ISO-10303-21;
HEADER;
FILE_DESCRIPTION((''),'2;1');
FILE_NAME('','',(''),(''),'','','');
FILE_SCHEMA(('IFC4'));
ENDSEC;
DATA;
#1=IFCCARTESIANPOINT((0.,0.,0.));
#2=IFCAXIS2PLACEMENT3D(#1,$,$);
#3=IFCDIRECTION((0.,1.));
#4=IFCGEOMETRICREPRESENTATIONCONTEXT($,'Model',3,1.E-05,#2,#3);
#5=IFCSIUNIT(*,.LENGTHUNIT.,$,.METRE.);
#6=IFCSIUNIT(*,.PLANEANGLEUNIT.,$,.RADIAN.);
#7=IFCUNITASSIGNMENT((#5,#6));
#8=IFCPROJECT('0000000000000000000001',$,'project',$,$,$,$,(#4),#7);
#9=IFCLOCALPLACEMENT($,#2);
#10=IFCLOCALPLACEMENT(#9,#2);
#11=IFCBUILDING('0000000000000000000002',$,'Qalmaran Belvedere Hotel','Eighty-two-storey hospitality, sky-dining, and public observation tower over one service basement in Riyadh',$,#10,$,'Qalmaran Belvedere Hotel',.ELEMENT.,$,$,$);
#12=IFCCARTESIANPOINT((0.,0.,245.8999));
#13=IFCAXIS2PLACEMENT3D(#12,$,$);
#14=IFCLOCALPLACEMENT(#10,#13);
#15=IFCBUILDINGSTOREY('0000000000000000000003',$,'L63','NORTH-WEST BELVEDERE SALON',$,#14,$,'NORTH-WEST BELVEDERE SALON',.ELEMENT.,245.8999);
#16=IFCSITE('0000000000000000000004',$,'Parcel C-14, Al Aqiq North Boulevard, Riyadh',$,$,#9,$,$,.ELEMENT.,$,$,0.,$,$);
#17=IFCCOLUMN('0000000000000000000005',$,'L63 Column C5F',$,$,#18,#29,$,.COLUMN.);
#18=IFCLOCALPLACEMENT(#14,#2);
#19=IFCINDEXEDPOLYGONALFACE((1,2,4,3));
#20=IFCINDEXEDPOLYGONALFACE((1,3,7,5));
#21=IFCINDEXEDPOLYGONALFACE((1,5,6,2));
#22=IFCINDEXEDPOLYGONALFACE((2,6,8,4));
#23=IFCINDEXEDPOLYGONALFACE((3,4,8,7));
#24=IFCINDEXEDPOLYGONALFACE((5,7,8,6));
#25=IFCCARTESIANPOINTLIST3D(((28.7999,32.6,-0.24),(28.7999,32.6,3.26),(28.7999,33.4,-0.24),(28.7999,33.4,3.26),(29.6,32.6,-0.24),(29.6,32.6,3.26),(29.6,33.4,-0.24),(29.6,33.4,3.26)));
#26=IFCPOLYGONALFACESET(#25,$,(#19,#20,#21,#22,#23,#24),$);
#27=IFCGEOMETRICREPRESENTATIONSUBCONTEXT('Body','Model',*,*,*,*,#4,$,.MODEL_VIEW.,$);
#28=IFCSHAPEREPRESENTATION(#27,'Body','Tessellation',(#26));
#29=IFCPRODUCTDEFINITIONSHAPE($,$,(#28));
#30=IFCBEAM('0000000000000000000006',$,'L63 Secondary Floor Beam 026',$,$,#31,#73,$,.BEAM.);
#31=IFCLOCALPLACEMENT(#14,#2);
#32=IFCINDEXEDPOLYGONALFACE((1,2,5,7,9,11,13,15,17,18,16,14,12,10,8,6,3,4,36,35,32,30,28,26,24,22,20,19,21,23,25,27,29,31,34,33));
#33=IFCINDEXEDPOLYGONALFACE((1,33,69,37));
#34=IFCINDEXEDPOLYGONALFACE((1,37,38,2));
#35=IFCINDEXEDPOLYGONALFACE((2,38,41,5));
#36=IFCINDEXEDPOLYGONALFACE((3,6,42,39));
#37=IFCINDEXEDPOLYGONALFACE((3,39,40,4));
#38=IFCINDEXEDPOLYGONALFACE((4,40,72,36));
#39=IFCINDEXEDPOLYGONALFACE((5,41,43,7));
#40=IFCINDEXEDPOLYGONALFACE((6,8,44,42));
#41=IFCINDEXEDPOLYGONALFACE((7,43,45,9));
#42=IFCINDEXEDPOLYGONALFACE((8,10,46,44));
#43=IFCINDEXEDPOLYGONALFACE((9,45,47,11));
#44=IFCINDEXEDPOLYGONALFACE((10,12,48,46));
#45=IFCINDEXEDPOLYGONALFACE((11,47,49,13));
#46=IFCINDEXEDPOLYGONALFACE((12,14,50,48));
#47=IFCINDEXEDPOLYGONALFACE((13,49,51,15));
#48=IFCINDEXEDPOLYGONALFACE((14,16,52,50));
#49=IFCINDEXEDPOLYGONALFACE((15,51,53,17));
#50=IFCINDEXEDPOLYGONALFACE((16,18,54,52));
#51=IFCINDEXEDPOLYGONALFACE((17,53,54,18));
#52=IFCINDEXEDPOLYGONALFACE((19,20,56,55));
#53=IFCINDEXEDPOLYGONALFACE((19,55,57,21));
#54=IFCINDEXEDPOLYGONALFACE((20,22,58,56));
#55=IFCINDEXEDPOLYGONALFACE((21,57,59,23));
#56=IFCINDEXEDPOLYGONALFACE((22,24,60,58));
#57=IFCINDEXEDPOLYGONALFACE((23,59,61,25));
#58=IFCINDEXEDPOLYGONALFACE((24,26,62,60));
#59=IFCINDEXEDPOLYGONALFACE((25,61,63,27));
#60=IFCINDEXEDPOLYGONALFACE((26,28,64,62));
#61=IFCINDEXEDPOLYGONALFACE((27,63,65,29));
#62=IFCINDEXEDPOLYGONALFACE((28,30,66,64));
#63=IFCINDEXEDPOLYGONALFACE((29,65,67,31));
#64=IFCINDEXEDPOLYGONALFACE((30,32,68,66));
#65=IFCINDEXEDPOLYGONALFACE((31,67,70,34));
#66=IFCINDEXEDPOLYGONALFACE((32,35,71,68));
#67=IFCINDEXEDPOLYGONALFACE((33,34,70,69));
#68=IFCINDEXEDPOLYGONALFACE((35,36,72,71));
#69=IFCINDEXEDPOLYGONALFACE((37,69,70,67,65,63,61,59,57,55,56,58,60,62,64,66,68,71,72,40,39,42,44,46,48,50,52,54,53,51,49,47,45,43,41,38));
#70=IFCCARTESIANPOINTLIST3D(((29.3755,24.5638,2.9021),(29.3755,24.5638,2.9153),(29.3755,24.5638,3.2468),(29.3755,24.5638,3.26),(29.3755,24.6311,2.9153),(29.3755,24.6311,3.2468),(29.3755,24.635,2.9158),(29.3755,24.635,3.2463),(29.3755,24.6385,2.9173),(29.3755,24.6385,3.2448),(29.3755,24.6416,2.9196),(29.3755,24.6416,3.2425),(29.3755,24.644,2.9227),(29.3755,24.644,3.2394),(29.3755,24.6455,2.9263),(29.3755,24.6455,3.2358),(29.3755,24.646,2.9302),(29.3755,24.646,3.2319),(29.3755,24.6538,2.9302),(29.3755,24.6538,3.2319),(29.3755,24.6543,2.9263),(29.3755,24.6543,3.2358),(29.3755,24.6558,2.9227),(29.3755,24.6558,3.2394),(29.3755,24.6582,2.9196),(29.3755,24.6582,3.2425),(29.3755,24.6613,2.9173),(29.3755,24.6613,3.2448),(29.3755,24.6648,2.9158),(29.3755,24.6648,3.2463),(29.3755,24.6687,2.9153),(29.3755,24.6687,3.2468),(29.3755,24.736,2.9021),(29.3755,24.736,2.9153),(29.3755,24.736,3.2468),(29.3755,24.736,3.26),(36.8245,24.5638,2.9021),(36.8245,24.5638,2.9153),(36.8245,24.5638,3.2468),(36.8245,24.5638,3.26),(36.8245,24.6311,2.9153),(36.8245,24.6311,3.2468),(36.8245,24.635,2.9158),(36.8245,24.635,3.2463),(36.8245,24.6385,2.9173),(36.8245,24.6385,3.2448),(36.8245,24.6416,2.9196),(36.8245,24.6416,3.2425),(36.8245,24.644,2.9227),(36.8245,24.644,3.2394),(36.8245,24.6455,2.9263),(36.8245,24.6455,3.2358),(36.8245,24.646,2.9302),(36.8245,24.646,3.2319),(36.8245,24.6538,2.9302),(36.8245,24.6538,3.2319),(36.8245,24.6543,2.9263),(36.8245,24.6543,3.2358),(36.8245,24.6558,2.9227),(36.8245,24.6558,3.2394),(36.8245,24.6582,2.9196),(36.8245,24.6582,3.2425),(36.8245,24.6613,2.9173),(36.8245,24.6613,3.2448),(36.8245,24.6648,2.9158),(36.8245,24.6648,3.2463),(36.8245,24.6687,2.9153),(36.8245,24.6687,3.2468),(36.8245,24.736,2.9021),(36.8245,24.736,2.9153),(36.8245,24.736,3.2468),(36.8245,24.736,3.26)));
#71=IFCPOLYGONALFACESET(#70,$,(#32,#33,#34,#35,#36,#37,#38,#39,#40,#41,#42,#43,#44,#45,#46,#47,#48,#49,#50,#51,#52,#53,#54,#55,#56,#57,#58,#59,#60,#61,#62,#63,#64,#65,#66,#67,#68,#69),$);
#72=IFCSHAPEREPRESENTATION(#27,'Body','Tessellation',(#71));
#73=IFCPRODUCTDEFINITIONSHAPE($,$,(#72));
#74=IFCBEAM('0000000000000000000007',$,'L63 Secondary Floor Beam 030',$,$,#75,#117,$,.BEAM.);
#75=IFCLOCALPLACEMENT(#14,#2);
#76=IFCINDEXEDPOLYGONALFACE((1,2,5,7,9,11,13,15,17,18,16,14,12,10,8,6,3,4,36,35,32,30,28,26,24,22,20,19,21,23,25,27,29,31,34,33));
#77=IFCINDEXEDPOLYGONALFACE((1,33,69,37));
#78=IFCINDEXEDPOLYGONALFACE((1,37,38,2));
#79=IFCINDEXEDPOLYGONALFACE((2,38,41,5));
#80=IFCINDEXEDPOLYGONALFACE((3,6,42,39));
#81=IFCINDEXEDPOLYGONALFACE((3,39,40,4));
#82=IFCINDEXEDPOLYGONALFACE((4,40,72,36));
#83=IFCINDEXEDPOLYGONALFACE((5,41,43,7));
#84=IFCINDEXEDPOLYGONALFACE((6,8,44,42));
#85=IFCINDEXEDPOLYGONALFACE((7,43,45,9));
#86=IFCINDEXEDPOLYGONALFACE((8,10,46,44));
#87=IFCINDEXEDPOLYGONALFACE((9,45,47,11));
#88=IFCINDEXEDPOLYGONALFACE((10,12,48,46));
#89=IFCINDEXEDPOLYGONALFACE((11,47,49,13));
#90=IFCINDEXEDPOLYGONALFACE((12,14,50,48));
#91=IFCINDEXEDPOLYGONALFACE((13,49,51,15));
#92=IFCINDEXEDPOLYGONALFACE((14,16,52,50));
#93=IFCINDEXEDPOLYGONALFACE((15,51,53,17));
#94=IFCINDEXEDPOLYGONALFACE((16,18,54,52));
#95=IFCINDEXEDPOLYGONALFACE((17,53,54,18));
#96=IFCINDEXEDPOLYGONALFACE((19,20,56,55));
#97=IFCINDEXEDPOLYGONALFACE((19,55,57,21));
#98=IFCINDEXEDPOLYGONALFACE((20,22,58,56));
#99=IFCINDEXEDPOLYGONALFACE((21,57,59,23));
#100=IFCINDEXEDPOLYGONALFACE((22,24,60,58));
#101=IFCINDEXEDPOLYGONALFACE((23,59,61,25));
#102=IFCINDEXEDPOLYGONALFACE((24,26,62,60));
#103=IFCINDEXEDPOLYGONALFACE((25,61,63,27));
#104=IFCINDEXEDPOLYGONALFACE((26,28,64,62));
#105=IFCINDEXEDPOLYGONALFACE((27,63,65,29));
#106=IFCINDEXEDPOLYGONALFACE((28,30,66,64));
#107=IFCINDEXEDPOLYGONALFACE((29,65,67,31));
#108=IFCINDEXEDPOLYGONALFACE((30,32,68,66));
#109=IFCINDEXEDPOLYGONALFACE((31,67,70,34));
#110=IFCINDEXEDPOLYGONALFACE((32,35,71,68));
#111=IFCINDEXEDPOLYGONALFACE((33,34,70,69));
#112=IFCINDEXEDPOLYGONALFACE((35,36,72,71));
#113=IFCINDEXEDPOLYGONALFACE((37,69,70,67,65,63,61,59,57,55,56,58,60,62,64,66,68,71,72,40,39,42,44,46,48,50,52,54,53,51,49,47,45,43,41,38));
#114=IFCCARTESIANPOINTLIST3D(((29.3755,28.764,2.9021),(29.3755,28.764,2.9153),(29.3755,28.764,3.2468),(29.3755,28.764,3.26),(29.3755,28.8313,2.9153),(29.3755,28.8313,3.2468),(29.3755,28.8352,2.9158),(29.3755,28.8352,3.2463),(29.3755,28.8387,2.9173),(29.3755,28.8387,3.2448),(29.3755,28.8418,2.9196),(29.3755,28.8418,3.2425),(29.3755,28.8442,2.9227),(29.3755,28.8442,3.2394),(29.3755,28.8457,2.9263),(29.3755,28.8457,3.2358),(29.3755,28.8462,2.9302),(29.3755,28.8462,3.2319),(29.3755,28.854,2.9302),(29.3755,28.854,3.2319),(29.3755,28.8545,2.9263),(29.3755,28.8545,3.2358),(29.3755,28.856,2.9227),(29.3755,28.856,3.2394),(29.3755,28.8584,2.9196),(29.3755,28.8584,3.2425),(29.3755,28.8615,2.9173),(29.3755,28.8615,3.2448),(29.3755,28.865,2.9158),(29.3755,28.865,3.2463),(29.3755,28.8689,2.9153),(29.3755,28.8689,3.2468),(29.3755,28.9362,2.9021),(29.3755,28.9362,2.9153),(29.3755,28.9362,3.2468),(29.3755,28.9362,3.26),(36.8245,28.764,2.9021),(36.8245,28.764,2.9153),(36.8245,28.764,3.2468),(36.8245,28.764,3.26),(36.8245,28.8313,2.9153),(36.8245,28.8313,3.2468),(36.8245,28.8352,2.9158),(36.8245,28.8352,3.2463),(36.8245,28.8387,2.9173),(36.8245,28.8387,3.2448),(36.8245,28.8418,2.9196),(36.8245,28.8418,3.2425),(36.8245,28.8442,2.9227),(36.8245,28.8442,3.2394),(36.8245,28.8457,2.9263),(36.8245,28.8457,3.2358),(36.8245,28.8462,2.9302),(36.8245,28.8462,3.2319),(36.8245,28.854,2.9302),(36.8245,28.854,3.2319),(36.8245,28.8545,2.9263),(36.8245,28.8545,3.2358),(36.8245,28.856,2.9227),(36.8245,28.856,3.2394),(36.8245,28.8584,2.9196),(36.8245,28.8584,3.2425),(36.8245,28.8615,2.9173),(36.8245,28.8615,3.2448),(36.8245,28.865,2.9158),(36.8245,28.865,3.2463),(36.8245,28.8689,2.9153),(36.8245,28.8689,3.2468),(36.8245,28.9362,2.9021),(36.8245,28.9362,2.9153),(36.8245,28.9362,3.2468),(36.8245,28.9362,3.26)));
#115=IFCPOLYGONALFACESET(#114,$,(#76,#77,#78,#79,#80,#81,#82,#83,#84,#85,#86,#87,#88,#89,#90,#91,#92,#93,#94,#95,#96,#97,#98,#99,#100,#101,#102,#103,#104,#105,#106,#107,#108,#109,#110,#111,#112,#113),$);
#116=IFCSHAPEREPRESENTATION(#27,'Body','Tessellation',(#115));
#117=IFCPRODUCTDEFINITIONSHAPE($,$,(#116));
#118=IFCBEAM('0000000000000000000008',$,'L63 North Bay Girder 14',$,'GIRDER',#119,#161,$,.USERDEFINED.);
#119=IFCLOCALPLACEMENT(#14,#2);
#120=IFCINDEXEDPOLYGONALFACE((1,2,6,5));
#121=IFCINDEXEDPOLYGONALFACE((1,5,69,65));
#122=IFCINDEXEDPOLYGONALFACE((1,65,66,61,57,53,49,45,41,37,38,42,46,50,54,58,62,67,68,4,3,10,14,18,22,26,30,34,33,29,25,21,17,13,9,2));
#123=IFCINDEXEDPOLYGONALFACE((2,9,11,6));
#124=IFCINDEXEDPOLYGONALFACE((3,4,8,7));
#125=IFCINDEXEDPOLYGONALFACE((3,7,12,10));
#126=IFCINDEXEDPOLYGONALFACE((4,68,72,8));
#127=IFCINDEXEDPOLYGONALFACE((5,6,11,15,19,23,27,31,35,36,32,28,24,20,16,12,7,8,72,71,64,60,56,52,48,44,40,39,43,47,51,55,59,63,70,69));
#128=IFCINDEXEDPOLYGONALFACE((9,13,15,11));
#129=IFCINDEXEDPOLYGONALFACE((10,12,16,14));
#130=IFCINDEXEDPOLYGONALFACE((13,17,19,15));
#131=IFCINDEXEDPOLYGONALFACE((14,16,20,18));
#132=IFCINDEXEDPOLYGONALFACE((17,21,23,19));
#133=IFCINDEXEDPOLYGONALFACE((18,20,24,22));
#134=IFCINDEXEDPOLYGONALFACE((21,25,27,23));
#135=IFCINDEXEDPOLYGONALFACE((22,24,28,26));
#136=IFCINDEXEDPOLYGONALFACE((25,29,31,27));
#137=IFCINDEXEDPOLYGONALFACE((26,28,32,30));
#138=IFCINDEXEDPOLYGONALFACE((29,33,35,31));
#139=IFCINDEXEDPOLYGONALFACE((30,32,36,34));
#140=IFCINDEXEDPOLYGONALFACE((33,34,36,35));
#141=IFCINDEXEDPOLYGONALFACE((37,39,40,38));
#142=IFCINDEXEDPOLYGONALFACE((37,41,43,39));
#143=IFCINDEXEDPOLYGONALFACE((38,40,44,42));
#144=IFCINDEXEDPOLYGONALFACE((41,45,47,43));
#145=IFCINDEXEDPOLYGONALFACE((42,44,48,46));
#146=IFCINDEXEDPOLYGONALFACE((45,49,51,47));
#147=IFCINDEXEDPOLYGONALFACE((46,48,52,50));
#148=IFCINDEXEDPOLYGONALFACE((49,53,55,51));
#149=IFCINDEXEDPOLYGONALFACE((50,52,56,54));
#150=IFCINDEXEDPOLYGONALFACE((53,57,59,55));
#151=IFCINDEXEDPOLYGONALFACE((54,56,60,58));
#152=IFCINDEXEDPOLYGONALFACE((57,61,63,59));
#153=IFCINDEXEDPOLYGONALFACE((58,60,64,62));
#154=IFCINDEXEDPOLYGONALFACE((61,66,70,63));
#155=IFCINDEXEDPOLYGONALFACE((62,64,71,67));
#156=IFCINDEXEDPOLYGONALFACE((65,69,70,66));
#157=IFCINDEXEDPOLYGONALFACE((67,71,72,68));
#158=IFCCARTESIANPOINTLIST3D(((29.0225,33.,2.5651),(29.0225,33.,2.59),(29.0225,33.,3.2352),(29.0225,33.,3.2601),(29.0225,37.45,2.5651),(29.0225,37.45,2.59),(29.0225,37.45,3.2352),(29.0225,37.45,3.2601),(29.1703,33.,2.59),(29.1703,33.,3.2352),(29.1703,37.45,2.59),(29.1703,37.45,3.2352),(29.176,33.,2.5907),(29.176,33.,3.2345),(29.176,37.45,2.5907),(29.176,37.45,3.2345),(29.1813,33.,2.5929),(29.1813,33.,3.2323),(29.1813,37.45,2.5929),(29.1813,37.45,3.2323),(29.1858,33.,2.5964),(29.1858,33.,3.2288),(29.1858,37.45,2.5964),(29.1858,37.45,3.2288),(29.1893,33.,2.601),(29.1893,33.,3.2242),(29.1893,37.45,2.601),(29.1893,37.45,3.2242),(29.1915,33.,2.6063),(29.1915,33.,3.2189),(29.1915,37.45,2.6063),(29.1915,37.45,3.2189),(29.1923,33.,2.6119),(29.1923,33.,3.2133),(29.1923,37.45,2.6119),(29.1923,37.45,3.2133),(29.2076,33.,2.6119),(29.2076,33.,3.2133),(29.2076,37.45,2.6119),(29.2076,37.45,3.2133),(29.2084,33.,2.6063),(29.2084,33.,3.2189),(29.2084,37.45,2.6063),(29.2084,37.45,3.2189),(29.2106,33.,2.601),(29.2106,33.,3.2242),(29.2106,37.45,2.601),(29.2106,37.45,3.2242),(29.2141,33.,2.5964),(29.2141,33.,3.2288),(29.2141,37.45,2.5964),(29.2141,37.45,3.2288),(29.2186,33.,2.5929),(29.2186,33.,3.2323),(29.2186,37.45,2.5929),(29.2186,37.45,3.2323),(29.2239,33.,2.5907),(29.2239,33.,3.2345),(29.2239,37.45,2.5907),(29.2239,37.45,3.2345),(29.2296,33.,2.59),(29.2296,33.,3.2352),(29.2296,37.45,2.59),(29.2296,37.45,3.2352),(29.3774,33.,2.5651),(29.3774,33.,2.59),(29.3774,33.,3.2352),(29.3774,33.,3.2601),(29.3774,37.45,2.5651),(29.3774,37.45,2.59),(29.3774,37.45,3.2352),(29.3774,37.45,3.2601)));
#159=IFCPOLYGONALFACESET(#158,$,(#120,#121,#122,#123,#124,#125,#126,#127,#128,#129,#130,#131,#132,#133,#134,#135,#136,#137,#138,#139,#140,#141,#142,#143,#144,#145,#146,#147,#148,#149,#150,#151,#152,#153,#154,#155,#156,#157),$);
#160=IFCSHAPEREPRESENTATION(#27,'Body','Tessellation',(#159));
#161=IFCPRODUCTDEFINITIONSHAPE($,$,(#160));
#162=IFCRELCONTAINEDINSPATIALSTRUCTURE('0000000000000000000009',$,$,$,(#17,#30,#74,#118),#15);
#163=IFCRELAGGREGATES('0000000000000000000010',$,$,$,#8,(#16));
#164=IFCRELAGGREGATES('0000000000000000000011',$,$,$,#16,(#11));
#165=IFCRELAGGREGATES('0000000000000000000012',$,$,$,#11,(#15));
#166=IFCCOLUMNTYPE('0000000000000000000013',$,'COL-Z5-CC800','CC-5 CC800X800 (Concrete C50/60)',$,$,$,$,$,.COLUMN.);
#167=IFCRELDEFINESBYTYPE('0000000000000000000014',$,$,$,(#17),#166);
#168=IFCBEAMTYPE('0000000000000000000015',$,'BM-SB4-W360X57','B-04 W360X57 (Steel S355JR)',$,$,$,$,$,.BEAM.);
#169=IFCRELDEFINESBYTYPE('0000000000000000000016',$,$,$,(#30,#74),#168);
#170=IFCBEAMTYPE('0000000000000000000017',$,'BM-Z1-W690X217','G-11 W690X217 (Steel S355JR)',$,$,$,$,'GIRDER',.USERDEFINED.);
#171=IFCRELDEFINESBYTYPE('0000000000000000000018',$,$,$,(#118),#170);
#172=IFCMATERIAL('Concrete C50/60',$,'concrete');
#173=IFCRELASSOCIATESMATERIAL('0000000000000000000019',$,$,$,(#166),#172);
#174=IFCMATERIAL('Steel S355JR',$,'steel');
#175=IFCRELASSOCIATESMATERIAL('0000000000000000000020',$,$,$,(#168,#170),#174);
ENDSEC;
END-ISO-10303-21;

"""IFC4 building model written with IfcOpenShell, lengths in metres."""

from ifc_helpers import new_model, si_unit, direction, frame, origin, origin_2d, place, context, subcontext, project, spatial, rectangle, i_section, extrude, material, material_profile, profile_set, type_object, element, save


model = new_model("IFC4")

# Units and contexts
model_context = context("Model", 3, precision=1e-05, world=origin(), true_north=direction((0.0, 1.0)))
body_context = subcontext(model_context, "Body", "Model", "MODEL_VIEW")
ifc_project = project(units=[si_unit("LENGTHUNIT", "METRE"), si_unit("PLANEANGLEUNIT", "RADIAN")], contexts=[model_context])

# Site, building, storey
site_placement = place(None, origin())
site = spatial("IfcSite", under=ifc_project, at=site_placement, Name="Parcel C-14, Al Aqiq North Boulevard, Riyadh", CompositionType="ELEMENT", RefElevation=0.0)
building_placement = place(site_placement, origin())
building = spatial("IfcBuilding", under=site, at=building_placement, Name="Qalmaran Belvedere Hotel", Description="Eighty-two-storey hospitality, sky-dining, and public observation tower over one service basement in Riyadh", LongName="Qalmaran Belvedere Hotel", CompositionType="ELEMENT")
storey_placement = place(building_placement, frame((0.0, 0.0, 245.8999)))
storey = spatial("IfcBuildingStorey", under=building, at=storey_placement, Name="L63", Description="NORTH-WEST BELVEDERE SALON", LongName="NORTH-WEST BELVEDERE SALON", CompositionType="ELEMENT", Elevation=245.8999)

# Column
ifc_material_1 = material(Name="Concrete C50/60", Category="concrete")
ifc_material_profile_1 = material_profile(ifc_material_1, rectangle(XDim=0.8, YDim=0.8, at=origin_2d()), Name="CC800X800")
ifc_profile_set_1 = profile_set([ifc_material_profile_1], Name="Concrete C50/60")
column_type = type_object("IfcColumnType", Name="COL-Z5-CC800", Description="CC-5 CC800X800 (Concrete C50/60)", PredefinedType="COLUMN", material=ifc_profile_set_1)
column_placement = place(storey_placement, frame((29.2, 33.0, -0.24), z_axis=(0.0, 0.0, 1.0), x_axis=(1.0, 0.0, 0.0)))
element("IfcColumn", 1, at=column_placement, inside=storey, type_object=column_type, Name="L63 Column C5F", PredefinedType="COLUMN", context=body_context, shape_type="SweptSolid", body=[
    extrude(rectangle(XDim=0.8, YDim=0.8, at=origin_2d()), origin(), (0.0, 0.0, 1.0), 3.5),
])

# Beams
ifc_material_2 = material(Name="Steel S355JR", Category="steel")
ifc_material_profile_2 = material_profile(ifc_material_2, i_section(OverallWidth=0.1721, OverallDepth=0.3579, WebThickness=0.0078, FlangeThickness=0.0132, FilletRadius=0.0149, at=origin_2d()), Name="W360X57")
ifc_profile_set_2 = profile_set([ifc_material_profile_2], Name="Steel S355JR")
beam_type_1 = type_object("IfcBeamType", Name="BM-SB4-W360X57", Description="B-04 W360X57 (Steel S355JR)", PredefinedType="BEAM", material=ifc_profile_set_2)
for number, where, z_axis, x_axis, name in (
    (2, (29.3755, 24.6499, 3.0811), (1.0, 0.0, 0.0), (0.0, 1.0, 0.0), "L63 Secondary Floor Beam 026"),
    (3, (29.3755, 28.8501, 3.0811), (1.0, 0.0, 0.0), (0.0, 1.0, 0.0), "L63 Secondary Floor Beam 030"),
):
    element("IfcBeam", number, at=place(storey_placement, frame(where, z_axis=z_axis, x_axis=x_axis)), inside=storey, type_object=beam_type_1, Name=name, PredefinedType="BEAM", context=body_context, shape_type="SweptSolid", body=[
        extrude(i_section(OverallWidth=0.1721, OverallDepth=0.3579, WebThickness=0.0078, FlangeThickness=0.0132, FilletRadius=0.0149, at=origin_2d()), origin(), (0.0, 0.0, 1.0), 7.449),
    ])
ifc_material_profile_3 = material_profile(ifc_material_2, i_section(OverallWidth=0.355, OverallDepth=0.6951, WebThickness=0.0154, FlangeThickness=0.0249, FilletRadius=0.022, at=origin_2d()), Name="W690X217")
ifc_profile_set_3 = profile_set([ifc_material_profile_3], Name="Steel S355JR")
beam_type_2 = type_object("IfcBeamType", Name="BM-Z1-W690X217", Description="G-11 W690X217 (Steel S355JR)", ElementType="GIRDER", PredefinedType="USERDEFINED", material=ifc_profile_set_3)
beam_1_placement = place(storey_placement, frame((29.2, 33.0, 2.9126), z_axis=(0.0, 1.0, 0.0), x_axis=(-1.0, 0.0, 0.0)))
element("IfcBeam", 4, at=beam_1_placement, inside=storey, type_object=beam_type_2, Name="L63 North Bay Girder 14", ObjectType="GIRDER", PredefinedType="USERDEFINED", context=body_context, shape_type="SweptSolid", body=[
    extrude(i_section(OverallWidth=0.355, OverallDepth=0.6951, WebThickness=0.0154, FlangeThickness=0.0249, FilletRadius=0.022, at=origin_2d()), origin(), (0.0, 0.0, 1.0), 4.45),
])

save(model, "model.ifc")
